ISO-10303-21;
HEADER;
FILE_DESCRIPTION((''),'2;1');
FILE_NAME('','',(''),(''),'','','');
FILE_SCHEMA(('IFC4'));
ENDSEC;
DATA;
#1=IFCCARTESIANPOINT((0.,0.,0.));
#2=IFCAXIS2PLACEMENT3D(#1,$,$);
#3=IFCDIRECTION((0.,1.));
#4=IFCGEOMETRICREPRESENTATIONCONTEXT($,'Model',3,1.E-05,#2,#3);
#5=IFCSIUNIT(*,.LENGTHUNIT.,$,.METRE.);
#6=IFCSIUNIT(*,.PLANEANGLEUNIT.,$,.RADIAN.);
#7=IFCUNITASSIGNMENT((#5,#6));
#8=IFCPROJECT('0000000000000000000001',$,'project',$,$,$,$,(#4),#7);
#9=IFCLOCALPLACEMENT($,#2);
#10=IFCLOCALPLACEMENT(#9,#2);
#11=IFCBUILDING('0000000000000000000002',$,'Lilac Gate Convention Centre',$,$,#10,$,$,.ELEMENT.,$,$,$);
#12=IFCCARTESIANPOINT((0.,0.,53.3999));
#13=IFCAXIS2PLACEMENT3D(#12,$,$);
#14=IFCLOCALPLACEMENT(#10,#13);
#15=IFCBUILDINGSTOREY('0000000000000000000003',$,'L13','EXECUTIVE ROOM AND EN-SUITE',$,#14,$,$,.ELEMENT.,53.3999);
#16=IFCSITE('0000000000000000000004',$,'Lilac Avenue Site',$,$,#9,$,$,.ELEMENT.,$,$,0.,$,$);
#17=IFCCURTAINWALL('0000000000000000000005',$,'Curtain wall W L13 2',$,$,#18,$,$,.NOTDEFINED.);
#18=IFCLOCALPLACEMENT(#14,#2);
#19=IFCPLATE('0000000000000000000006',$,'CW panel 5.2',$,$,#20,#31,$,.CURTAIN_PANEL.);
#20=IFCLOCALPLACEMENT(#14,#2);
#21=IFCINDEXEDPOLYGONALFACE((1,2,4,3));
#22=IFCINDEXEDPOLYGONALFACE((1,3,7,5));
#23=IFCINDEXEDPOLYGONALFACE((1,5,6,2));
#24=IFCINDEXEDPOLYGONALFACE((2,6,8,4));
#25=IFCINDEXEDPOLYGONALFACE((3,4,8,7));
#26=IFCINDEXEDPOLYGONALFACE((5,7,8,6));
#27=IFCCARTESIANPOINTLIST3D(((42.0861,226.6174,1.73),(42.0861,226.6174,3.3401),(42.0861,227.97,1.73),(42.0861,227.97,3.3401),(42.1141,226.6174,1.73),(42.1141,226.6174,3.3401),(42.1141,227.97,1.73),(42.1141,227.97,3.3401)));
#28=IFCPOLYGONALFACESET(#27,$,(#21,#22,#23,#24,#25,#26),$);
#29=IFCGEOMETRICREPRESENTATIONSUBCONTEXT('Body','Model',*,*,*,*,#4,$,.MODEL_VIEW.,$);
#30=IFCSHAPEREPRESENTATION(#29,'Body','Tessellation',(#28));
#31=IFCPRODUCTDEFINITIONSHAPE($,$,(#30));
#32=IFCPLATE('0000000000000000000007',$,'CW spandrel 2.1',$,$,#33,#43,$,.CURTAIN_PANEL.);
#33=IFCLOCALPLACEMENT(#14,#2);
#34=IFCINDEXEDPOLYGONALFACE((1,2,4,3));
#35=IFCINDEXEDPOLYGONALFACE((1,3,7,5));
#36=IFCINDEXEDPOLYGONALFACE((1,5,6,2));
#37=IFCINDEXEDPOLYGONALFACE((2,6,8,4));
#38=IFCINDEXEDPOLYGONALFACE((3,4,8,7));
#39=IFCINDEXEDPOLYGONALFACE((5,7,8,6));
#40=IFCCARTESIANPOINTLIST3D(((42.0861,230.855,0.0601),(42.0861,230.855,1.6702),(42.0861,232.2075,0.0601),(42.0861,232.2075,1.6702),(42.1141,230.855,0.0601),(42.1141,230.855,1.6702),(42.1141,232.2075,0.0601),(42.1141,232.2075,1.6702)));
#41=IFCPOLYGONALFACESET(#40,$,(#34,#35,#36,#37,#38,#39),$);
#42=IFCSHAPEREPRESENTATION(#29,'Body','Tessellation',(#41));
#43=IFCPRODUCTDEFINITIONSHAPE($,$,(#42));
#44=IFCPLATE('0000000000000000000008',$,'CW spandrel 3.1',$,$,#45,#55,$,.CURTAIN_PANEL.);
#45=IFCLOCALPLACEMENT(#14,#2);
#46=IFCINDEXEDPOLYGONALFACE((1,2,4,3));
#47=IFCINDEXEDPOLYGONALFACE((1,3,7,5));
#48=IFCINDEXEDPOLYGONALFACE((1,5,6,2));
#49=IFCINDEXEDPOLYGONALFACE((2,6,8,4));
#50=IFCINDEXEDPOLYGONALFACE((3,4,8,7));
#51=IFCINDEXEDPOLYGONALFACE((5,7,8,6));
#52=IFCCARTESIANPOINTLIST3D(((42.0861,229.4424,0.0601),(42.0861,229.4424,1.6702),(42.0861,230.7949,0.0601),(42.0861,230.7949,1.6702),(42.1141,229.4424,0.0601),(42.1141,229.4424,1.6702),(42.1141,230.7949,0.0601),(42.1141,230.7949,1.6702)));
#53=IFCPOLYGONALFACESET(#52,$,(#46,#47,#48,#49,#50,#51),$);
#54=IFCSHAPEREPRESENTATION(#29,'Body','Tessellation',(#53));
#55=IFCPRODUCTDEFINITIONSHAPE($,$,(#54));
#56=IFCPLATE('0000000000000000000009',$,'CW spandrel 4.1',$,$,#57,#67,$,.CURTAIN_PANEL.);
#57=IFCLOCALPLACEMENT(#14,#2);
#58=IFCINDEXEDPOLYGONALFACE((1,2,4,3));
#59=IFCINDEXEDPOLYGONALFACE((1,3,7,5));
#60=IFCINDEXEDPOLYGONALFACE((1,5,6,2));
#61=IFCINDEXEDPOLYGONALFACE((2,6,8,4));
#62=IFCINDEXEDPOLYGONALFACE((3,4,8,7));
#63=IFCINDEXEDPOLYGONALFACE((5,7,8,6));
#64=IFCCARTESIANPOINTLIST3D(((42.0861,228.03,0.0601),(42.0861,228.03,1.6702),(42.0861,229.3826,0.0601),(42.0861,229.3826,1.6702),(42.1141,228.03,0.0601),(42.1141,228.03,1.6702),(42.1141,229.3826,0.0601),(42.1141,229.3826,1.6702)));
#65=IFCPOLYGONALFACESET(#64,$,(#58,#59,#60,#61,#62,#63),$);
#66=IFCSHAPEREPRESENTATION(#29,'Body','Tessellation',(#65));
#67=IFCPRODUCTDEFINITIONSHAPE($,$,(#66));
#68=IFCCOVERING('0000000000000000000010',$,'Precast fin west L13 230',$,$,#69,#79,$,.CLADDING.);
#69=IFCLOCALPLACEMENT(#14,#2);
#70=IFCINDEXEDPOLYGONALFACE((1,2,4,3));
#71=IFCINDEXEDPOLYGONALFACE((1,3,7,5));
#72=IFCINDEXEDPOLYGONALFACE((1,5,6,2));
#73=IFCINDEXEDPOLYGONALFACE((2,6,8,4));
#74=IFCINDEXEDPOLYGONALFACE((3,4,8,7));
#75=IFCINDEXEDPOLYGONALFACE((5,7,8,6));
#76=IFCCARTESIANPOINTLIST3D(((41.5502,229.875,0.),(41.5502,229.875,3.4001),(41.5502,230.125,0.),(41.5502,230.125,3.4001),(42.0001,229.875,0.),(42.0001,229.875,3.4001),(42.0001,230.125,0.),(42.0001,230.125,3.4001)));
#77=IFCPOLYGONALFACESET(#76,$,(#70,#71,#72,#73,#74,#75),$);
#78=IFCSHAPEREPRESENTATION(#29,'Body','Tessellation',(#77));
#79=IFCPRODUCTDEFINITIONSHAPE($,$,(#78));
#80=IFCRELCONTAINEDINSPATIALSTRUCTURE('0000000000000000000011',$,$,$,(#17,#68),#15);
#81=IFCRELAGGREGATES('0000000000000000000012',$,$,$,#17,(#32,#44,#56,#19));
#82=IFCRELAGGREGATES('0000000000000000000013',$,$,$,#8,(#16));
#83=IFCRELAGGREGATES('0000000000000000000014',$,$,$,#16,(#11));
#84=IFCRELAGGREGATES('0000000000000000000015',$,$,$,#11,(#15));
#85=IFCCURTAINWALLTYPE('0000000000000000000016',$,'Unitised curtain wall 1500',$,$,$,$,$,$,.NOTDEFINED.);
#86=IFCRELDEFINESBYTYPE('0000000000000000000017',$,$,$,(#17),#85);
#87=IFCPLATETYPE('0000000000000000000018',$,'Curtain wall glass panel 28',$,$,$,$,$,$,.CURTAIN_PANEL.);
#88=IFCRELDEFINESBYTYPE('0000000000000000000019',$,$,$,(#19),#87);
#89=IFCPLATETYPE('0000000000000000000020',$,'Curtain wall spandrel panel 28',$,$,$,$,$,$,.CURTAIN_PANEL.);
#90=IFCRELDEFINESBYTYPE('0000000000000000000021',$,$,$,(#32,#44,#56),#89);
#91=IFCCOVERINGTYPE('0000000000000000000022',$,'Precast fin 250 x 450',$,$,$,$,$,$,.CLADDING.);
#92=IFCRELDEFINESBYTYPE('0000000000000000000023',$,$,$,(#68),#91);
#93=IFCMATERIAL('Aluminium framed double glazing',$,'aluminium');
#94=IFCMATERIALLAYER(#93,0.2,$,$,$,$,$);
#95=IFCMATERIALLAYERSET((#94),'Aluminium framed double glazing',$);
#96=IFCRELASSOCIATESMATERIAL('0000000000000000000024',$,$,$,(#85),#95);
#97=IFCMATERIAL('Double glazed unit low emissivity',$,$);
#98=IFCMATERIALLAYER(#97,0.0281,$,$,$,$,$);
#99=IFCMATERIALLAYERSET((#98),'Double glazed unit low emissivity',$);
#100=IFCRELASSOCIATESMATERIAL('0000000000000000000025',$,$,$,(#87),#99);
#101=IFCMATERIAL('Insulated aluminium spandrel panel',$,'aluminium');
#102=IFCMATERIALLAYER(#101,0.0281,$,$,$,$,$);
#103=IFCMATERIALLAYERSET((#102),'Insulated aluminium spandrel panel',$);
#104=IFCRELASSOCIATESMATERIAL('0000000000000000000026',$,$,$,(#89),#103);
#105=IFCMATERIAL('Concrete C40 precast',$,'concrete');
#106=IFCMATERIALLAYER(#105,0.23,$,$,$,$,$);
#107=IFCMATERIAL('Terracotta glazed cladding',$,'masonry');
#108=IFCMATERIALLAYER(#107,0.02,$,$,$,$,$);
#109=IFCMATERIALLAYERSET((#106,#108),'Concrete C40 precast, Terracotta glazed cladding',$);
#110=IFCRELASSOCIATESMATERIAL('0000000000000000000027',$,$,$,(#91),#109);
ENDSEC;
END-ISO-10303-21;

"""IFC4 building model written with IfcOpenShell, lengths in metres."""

from ifc_helpers import new_model, si_unit, direction, frame, frame_2d, origin, origin_2d, place, context, subcontext, project, spatial, rectangle, extrude, material, layer, layer_set, type_object, element, aggregate, save


model = new_model("IFC4")

# Units and contexts
model_context = context("Model", 3, precision=1e-05, world=origin(), true_north=direction((0.0, 1.0)))
body_context = subcontext(model_context, "Body", "Model", "MODEL_VIEW")
ifc_project = project(units=[si_unit("LENGTHUNIT", "METRE"), si_unit("PLANEANGLEUNIT", "RADIAN")], contexts=[model_context])

# Site, building, storey
site_placement = place(None, origin())
site = spatial("IfcSite", under=ifc_project, at=site_placement, Name="Lilac Avenue Site", CompositionType="ELEMENT", RefElevation=0.0)
building_placement = place(site_placement, origin())
building = spatial("IfcBuilding", under=site, at=building_placement, Name="Lilac Gate Convention Centre", CompositionType="ELEMENT")
storey_placement = place(building_placement, frame((0.0, 0.0, 53.3999)))
storey = spatial("IfcBuildingStorey", under=building, at=storey_placement, Name="L13", Description="EXECUTIVE ROOM AND EN-SUITE", CompositionType="ELEMENT", Elevation=53.3999)

# Curtain wall, plates
ifc_material_1 = material(Name="Aluminium framed double glazing", Category="aluminium")
ifc_layer_1 = layer(ifc_material_1, 0.2)
ifc_layer_set_1 = layer_set([ifc_layer_1], Name="Aluminium framed double glazing")
curtain_wall_type = type_object("IfcCurtainWallType", Name="Unitised curtain wall 1500", PredefinedType="NOTDEFINED", material=ifc_layer_set_1)
curtain_wall_placement = place(storey_placement, origin())
curtain_wall = element("IfcCurtainWall", 1, at=curtain_wall_placement, inside=storey, type_object=curtain_wall_type, Name="Curtain wall W L13 2", PredefinedType="NOTDEFINED")
ifc_material_2 = material(Name="Double glazed unit low emissivity")
ifc_layer_2 = layer(ifc_material_2, 0.0281)
ifc_layer_set_2 = layer_set([ifc_layer_2], Name="Double glazed unit low emissivity")
plate_type_1 = type_object("IfcPlateType", Name="Curtain wall glass panel 28", PredefinedType="CURTAIN_PANEL", material=ifc_layer_set_2)
plate_1_placement = place(storey_placement, frame((42.1001, 227.2937, 1.73), z_axis=(0.0, 0.0, 1.0), x_axis=(0.0, -1.0, 0.0)))
plate_1 = element("IfcPlate", 2, at=plate_1_placement, type_object=plate_type_1, Name="CW panel 5.2", PredefinedType="CURTAIN_PANEL", context=body_context, shape_type="SweptSolid", body=[
    extrude(rectangle(XDim=1.3525, YDim=0.0281, at=origin_2d()), origin(), (0.0, 0.0, 1.0), 1.6101),
])
ifc_material_3 = material(Name="Insulated aluminium spandrel panel", Category="aluminium")
ifc_layer_3 = layer(ifc_material_3, 0.0281)
ifc_layer_set_3 = layer_set([ifc_layer_3], Name="Insulated aluminium spandrel panel")
plate_type_2 = type_object("IfcPlateType", Name="Curtain wall spandrel panel 28", PredefinedType="CURTAIN_PANEL", material=ifc_layer_set_3)
plate_2_placement = place(storey_placement, frame((42.1001, 231.5312, 0.0601), z_axis=(0.0, 0.0, 1.0), x_axis=(0.0, -1.0, 0.0)))
plate_2 = element("IfcPlate", 3, at=plate_2_placement, type_object=plate_type_2, Name="CW spandrel 2.1", PredefinedType="CURTAIN_PANEL", context=body_context, shape_type="SweptSolid", body=[
    extrude(rectangle(XDim=1.3525, YDim=0.0281, at=origin_2d()), origin(), (0.0, 0.0, 1.0), 1.6101),
])
plate_3_placement = place(storey_placement, frame((42.1001, 230.1187, 0.0601), z_axis=(0.0, 0.0, 1.0), x_axis=(0.0, -1.0, 0.0)))
plate_3 = element("IfcPlate", 4, at=plate_3_placement, type_object=plate_type_2, Name="CW spandrel 3.1", PredefinedType="CURTAIN_PANEL", context=body_context, shape_type="SweptSolid", body=[
    extrude(rectangle(XDim=1.3525, YDim=0.0281, at=origin_2d()), origin(), (0.0, 0.0, 1.0), 1.6101),
])
plate_4_placement = place(storey_placement, frame((42.1001, 228.7063, 0.0601), z_axis=(0.0, 0.0, 1.0), x_axis=(0.0, -1.0, 0.0)))
plate_4 = element("IfcPlate", 5, at=plate_4_placement, type_object=plate_type_2, Name="CW spandrel 4.1", PredefinedType="CURTAIN_PANEL", context=body_context, shape_type="SweptSolid", body=[
    extrude(rectangle(XDim=1.3525, YDim=0.0281, at=origin_2d()), origin(), (0.0, 0.0, 1.0), 1.6101),
])
aggregate(curtain_wall, [plate_2, plate_3, plate_4, plate_1])

# Covering
ifc_material_4 = material(Name="Concrete C40 precast", Category="concrete")
ifc_layer_4 = layer(ifc_material_4, 0.23)
ifc_material_5 = material(Name="Terracotta glazed cladding", Category="masonry")
ifc_layer_5 = layer(ifc_material_5, 0.02)
ifc_layer_set_4 = layer_set([ifc_layer_4, ifc_layer_5], Name="Concrete C40 precast, Terracotta glazed cladding")
covering_type = type_object("IfcCoveringType", Name="Precast fin 250 x 450", PredefinedType="CLADDING", material=ifc_layer_set_4)
covering_placement = place(storey_placement, frame((41.55, 230.0, 0.0), z_axis=(0.0, 0.0, 1.0), x_axis=(1.0, 0.0, 0.0)))
element("IfcCovering", 6, at=covering_placement, inside=storey, type_object=covering_type, Name="Precast fin west L13 230", PredefinedType="CLADDING", context=body_context, shape_type="SweptSolid", body=[
    extrude(rectangle(XDim=0.45, YDim=0.25, at=frame_2d((0.2251, 0.0))), origin(), (0.0, 0.0, 1.0), 3.4001),
])

save(model, "model.ifc")
